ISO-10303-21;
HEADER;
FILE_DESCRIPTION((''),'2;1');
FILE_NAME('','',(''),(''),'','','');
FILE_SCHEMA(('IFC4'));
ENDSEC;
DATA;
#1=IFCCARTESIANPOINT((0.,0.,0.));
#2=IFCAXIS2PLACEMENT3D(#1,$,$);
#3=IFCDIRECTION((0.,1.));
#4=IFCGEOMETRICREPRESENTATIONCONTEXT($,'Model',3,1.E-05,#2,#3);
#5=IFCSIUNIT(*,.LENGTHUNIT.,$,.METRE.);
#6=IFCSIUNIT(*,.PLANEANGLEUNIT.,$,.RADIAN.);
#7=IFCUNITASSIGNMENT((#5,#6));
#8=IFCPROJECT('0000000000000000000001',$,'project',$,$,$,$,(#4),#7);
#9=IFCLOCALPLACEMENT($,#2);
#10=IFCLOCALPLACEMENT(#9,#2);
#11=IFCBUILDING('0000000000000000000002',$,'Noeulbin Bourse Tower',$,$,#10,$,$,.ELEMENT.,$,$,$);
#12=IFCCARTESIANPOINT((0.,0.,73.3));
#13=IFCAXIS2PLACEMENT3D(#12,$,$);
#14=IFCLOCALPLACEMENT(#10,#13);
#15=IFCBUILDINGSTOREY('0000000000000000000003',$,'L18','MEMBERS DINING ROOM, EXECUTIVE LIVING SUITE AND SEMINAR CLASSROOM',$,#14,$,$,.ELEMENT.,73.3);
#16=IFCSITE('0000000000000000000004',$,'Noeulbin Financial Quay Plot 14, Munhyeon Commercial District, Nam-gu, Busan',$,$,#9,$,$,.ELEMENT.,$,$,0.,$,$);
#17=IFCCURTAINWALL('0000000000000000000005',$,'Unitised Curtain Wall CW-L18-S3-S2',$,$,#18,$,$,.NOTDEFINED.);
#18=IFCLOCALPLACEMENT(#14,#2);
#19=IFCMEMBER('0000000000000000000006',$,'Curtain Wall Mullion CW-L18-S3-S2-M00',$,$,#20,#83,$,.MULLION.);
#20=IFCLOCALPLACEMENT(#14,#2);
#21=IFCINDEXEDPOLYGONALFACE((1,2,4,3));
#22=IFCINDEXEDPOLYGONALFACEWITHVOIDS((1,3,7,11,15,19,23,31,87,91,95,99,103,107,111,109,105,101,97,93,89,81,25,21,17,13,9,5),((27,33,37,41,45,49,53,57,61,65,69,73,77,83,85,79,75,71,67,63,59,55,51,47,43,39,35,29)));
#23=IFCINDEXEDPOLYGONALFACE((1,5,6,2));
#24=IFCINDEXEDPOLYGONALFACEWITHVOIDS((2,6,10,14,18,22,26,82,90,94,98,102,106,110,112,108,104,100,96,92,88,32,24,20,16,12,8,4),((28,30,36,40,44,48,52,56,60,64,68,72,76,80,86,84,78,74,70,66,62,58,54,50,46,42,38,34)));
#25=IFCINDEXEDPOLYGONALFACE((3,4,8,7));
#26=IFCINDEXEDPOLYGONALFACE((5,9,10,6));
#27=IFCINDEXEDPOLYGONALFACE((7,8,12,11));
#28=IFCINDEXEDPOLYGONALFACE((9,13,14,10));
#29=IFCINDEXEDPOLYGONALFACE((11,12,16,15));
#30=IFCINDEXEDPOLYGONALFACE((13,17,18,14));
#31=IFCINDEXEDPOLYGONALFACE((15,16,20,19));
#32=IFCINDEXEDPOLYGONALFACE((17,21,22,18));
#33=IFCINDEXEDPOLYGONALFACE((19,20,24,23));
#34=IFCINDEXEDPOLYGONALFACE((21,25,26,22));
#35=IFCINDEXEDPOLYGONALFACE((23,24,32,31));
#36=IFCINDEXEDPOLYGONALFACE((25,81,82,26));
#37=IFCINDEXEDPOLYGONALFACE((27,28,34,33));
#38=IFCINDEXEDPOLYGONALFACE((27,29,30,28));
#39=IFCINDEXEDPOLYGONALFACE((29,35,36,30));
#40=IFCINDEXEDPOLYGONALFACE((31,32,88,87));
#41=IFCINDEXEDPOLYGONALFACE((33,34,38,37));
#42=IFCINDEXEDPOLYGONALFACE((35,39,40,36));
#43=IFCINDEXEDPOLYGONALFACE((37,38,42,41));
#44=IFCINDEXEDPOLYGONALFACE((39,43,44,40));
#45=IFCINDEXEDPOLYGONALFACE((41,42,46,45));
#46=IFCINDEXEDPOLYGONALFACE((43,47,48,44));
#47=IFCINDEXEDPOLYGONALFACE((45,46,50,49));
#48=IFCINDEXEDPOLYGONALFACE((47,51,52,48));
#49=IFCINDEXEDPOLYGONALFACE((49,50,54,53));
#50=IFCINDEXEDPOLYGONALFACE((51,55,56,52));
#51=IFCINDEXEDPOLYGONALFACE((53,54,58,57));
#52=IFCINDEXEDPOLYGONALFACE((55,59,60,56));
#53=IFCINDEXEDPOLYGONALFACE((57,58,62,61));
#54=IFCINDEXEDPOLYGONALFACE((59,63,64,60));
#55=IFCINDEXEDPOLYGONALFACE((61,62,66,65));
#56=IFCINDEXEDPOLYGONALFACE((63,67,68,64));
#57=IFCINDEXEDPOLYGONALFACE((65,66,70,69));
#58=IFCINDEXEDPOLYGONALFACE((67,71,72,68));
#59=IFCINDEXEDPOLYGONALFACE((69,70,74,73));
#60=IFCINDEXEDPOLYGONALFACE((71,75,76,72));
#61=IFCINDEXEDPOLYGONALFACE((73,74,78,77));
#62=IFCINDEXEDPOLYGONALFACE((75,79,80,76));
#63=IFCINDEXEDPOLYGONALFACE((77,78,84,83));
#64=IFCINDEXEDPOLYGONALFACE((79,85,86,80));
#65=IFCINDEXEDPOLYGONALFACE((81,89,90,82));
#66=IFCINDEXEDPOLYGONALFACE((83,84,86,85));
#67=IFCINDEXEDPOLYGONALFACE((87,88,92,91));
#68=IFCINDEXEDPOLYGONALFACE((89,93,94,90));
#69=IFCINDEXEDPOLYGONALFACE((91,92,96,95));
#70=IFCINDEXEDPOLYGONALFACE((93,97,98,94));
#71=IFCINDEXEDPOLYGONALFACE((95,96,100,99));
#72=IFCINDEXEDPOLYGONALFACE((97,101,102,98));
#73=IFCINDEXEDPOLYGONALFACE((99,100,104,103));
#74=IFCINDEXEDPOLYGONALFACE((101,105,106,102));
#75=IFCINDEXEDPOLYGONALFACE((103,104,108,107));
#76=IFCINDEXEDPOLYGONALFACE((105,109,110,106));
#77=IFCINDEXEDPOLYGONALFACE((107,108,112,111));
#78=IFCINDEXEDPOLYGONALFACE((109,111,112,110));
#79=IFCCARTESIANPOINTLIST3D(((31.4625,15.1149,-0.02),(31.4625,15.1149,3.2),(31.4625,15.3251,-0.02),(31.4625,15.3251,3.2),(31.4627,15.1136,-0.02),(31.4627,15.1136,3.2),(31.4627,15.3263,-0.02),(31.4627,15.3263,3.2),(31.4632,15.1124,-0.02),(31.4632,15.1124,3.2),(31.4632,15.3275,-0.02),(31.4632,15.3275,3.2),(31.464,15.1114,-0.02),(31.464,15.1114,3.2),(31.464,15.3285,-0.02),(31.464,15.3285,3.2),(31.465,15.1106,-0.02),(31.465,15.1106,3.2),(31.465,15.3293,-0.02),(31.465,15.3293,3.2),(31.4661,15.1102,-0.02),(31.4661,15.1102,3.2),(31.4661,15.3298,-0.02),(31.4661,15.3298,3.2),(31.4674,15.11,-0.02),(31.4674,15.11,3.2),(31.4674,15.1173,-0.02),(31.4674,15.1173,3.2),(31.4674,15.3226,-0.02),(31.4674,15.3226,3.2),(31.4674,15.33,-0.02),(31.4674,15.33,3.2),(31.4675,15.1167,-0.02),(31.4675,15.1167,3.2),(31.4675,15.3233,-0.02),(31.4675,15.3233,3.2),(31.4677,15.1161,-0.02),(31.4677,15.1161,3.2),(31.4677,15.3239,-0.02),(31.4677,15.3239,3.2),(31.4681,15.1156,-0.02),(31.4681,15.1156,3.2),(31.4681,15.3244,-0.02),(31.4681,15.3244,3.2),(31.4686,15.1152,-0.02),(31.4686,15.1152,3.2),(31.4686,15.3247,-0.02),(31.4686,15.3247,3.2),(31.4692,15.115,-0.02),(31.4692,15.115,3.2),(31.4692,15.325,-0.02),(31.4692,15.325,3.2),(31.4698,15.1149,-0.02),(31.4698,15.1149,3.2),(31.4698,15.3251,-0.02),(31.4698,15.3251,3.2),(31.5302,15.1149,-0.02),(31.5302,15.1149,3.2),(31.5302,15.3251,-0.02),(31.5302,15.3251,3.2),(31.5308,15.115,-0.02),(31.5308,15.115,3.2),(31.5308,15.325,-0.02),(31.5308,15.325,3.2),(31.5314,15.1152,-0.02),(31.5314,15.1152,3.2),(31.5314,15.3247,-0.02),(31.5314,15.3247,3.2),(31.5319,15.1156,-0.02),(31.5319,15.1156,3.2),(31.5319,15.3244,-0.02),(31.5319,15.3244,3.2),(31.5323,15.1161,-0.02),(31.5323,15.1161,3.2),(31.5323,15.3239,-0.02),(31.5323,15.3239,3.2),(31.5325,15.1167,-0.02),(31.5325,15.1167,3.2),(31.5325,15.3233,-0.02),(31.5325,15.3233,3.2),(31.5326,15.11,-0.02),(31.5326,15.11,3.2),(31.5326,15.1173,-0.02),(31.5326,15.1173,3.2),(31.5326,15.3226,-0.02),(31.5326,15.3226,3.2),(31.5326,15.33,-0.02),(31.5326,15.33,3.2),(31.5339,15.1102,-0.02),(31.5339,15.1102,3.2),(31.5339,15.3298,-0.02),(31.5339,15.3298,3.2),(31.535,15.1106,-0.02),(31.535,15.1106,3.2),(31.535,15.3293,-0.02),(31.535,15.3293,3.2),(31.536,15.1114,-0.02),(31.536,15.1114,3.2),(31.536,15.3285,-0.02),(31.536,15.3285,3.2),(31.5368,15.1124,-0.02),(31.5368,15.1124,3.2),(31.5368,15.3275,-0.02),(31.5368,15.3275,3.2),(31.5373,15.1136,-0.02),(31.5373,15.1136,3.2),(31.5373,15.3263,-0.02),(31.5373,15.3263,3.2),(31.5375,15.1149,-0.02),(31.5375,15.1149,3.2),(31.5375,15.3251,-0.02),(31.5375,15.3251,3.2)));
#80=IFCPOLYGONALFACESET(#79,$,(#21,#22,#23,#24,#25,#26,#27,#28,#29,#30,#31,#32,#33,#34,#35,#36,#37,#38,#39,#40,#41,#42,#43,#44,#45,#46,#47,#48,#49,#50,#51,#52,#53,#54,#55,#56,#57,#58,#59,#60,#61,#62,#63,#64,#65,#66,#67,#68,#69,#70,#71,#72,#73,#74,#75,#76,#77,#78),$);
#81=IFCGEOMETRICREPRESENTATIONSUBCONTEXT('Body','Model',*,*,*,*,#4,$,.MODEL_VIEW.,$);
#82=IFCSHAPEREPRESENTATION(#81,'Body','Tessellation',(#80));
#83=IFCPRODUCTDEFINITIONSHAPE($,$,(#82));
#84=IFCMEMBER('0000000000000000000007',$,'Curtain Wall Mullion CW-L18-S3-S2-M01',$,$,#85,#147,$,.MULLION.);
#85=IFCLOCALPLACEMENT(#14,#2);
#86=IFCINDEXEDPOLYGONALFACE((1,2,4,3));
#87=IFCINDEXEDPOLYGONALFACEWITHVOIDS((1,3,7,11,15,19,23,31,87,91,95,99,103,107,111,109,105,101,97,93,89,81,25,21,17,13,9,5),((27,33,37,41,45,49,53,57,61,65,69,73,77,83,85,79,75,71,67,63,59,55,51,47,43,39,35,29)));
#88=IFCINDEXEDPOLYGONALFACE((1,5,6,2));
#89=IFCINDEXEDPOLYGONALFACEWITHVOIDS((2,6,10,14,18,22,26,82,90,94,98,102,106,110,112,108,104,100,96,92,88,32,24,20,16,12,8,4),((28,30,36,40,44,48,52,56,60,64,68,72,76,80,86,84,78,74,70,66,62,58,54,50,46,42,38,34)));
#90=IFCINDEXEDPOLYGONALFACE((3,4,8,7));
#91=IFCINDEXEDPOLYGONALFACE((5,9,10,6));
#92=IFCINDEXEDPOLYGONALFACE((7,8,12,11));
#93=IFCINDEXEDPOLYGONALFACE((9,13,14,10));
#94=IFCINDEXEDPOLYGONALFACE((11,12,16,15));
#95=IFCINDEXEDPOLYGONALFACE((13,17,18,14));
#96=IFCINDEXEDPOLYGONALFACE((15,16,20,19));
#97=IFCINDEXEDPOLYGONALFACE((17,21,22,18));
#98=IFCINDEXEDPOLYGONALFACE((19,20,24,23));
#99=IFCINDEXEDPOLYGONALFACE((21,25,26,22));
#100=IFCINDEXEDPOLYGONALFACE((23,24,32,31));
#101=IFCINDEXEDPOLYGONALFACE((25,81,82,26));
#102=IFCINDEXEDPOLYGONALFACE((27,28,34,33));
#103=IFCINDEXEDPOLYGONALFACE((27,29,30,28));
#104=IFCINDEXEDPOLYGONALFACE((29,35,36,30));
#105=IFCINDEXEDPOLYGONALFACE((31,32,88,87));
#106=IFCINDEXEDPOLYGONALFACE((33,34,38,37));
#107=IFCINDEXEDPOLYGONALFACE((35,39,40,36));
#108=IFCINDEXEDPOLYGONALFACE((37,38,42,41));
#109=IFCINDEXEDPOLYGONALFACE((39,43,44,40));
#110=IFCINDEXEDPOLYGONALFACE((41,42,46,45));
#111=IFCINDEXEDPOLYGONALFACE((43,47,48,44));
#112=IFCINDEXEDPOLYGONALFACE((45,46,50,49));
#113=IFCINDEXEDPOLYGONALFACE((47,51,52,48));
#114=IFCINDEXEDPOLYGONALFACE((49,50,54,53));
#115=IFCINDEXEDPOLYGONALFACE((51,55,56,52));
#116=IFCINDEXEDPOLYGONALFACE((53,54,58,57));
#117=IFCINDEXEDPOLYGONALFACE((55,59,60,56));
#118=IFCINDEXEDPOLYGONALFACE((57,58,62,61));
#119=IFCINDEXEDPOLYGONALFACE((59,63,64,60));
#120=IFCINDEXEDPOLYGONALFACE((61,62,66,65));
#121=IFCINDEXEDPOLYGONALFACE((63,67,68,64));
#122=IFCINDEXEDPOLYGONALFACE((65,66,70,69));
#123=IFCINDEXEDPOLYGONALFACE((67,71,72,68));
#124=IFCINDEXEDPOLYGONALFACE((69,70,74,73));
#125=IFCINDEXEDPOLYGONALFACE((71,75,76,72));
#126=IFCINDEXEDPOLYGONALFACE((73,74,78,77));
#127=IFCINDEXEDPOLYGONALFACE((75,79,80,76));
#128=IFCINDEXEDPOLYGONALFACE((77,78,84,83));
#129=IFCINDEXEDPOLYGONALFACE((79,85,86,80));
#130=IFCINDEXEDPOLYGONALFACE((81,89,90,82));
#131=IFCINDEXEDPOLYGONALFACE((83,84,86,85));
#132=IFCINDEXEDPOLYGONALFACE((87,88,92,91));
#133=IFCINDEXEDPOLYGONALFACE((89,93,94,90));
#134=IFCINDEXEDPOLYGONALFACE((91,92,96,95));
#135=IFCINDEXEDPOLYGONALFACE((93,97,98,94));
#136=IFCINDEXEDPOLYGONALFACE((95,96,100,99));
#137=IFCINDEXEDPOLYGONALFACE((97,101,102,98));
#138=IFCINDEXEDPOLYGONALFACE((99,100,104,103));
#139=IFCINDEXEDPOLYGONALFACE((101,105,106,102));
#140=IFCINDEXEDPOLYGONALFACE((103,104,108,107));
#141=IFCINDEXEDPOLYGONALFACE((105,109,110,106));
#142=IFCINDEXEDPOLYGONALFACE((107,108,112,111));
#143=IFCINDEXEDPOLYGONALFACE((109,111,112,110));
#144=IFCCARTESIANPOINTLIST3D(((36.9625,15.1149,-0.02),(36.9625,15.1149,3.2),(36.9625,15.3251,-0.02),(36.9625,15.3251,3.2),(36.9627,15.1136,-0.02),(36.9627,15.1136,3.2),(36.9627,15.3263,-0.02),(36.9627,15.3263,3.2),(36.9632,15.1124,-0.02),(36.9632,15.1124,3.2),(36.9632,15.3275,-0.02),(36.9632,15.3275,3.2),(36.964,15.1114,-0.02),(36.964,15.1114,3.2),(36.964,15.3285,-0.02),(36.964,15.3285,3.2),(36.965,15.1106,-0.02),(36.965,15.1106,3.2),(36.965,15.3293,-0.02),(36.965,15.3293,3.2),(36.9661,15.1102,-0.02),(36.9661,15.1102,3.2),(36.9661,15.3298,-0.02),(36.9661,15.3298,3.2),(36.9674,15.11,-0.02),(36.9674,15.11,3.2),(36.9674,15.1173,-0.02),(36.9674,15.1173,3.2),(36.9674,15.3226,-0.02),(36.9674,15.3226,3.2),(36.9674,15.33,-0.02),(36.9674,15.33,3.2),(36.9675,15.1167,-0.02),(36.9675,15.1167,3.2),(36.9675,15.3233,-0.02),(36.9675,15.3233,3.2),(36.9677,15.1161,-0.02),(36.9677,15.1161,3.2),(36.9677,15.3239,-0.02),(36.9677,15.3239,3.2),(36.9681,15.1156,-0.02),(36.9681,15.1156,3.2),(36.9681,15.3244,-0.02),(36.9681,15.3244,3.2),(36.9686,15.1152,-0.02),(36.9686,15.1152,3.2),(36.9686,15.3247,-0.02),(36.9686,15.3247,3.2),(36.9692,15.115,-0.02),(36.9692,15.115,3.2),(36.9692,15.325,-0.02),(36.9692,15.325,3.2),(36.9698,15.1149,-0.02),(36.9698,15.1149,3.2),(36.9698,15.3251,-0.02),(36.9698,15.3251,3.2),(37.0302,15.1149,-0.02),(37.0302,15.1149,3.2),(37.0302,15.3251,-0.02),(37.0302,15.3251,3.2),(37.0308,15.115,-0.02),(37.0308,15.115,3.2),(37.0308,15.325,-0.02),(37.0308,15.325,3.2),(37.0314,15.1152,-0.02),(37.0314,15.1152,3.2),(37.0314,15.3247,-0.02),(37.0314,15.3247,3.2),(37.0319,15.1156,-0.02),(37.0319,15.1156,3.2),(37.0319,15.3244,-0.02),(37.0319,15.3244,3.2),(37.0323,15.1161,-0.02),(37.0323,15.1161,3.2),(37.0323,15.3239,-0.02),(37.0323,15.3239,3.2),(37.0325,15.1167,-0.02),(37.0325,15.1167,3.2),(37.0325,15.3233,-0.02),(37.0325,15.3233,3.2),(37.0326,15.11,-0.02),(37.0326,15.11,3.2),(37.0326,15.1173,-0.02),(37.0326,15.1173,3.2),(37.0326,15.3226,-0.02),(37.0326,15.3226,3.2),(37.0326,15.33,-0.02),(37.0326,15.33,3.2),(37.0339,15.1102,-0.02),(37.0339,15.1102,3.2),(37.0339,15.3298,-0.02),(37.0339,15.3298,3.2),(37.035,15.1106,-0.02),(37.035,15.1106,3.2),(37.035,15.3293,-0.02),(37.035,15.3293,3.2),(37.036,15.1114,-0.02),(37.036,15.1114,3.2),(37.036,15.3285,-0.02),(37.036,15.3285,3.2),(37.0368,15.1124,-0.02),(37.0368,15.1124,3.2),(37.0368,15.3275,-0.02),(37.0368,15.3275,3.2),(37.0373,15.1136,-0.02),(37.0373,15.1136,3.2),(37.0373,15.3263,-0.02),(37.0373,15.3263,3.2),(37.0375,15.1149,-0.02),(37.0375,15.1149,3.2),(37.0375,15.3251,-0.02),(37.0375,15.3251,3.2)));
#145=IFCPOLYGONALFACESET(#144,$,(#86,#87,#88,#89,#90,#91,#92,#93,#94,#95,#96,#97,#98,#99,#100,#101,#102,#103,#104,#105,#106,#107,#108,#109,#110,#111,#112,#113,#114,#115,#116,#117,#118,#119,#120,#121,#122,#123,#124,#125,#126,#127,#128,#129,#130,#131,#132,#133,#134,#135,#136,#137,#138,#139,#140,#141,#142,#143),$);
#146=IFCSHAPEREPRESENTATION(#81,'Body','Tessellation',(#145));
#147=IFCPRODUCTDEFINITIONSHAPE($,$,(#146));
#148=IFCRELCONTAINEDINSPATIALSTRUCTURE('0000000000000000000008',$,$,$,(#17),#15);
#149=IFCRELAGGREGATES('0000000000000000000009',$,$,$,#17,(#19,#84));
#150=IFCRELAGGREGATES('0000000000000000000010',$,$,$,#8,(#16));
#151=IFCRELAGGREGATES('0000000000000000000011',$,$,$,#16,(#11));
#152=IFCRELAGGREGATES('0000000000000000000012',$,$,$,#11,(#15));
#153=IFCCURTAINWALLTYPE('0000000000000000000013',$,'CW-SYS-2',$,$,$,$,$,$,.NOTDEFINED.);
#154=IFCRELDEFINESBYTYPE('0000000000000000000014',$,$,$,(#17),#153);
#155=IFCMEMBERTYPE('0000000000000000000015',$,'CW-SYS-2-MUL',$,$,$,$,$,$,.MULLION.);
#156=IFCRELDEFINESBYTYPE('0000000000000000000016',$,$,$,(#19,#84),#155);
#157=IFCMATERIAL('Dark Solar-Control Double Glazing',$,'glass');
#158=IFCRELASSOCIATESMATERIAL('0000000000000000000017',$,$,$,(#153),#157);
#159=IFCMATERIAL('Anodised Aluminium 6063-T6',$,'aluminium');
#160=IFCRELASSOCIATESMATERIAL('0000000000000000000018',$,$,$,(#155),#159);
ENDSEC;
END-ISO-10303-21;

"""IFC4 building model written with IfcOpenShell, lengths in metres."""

from ifc_helpers import new_model, si_unit, direction, frame, origin, origin_2d, place, context, subcontext, project, spatial, hollow_rectangle, extrude, material, material_profile, profile_set, type_object, element, aggregate, save


model = new_model("IFC4")

# Units and contexts
model_context = context("Model", 3, precision=1e-05, world=origin(), true_north=direction((0.0, 1.0)))
body_context = subcontext(model_context, "Body", "Model", "MODEL_VIEW")
ifc_project = project(units=[si_unit("LENGTHUNIT", "METRE"), si_unit("PLANEANGLEUNIT", "RADIAN")], contexts=[model_context])

# Site, building, storey
site_placement = place(None, origin())
site = spatial("IfcSite", under=ifc_project, at=site_placement, Name="Noeulbin Financial Quay Plot 14, Munhyeon Commercial District, Nam-gu, Busan", CompositionType="ELEMENT", RefElevation=0.0)
building_placement = place(site_placement, origin())
building = spatial("IfcBuilding", under=site, at=building_placement, Name="Noeulbin Bourse Tower", CompositionType="ELEMENT")
storey_placement = place(building_placement, frame((0.0, 0.0, 73.3)))
storey = spatial("IfcBuildingStorey", under=building, at=storey_placement, Name="L18", Description="MEMBERS DINING ROOM, EXECUTIVE LIVING SUITE AND SEMINAR CLASSROOM", CompositionType="ELEMENT", Elevation=73.3)

# Curtain wall, members
ifc_material_1 = material(Name="Dark Solar-Control Double Glazing", Category="glass")
curtain_wall_type = type_object("IfcCurtainWallType", Name="CW-SYS-2", PredefinedType="NOTDEFINED", material=ifc_material_1)
ifc_material_2 = material(Name="Anodised Aluminium 6063-T6", Category="aluminium")
ifc_material_profile_1 = material_profile(ifc_material_2, hollow_rectangle(XDim=0.075, YDim=0.22, WallThickness=0.0049, InnerFilletRadius=0.0024, OuterFilletRadius=0.0049, at=origin_2d()), Name="ALU-MULL-75x220x5", Category="LoadBearing")
ifc_profile_set_1 = profile_set([ifc_material_profile_1], Name="Anodised Aluminium 6063-T6")
member_type_1 = type_object("IfcMemberType", Name="CW-SYS-2-MUL", PredefinedType="MULLION", material=ifc_profile_set_1)
curtain_wall_1_placement = place(storey_placement, origin())
curtain_wall_1 = element("IfcCurtainWall", 1, at=curtain_wall_1_placement, inside=storey, type_object=curtain_wall_type, Name="Unitised Curtain Wall CW-L18-S3-S2", PredefinedType="NOTDEFINED")
member_1_placement = place(storey_placement, frame((31.5, 15.22, -0.02), z_axis=(0.0, 0.0, 1.0), x_axis=(1.0, 0.0, 0.0)))
member_1 = element("IfcMember", 2, at=member_1_placement, type_object=member_type_1, Name="Curtain Wall Mullion CW-L18-S3-S2-M00", PredefinedType="MULLION", context=body_context, shape_type="SweptSolid", body=[
    extrude(hollow_rectangle(XDim=0.075, YDim=0.22, WallThickness=0.0049, InnerFilletRadius=0.0024, OuterFilletRadius=0.0049, at=origin_2d()), origin(), (0.0, 0.0, 1.0), 3.22),
])
member_2_placement = place(storey_placement, frame((37.0, 15.22, -0.02), z_axis=(0.0, 0.0, 1.0), x_axis=(1.0, 0.0, 0.0)))
member_2 = element("IfcMember", 3, at=member_2_placement, type_object=member_type_1, Name="Curtain Wall Mullion CW-L18-S3-S2-M01", PredefinedType="MULLION", context=body_context, shape_type="SweptSolid", body=[
    extrude(hollow_rectangle(XDim=0.075, YDim=0.22, WallThickness=0.0049, InnerFilletRadius=0.0024, OuterFilletRadius=0.0049, at=origin_2d()), origin(), (0.0, 0.0, 1.0), 3.22),
])

aggregate(curtain_wall_1, [member_1, member_2])

save(model, "model.ifc")
